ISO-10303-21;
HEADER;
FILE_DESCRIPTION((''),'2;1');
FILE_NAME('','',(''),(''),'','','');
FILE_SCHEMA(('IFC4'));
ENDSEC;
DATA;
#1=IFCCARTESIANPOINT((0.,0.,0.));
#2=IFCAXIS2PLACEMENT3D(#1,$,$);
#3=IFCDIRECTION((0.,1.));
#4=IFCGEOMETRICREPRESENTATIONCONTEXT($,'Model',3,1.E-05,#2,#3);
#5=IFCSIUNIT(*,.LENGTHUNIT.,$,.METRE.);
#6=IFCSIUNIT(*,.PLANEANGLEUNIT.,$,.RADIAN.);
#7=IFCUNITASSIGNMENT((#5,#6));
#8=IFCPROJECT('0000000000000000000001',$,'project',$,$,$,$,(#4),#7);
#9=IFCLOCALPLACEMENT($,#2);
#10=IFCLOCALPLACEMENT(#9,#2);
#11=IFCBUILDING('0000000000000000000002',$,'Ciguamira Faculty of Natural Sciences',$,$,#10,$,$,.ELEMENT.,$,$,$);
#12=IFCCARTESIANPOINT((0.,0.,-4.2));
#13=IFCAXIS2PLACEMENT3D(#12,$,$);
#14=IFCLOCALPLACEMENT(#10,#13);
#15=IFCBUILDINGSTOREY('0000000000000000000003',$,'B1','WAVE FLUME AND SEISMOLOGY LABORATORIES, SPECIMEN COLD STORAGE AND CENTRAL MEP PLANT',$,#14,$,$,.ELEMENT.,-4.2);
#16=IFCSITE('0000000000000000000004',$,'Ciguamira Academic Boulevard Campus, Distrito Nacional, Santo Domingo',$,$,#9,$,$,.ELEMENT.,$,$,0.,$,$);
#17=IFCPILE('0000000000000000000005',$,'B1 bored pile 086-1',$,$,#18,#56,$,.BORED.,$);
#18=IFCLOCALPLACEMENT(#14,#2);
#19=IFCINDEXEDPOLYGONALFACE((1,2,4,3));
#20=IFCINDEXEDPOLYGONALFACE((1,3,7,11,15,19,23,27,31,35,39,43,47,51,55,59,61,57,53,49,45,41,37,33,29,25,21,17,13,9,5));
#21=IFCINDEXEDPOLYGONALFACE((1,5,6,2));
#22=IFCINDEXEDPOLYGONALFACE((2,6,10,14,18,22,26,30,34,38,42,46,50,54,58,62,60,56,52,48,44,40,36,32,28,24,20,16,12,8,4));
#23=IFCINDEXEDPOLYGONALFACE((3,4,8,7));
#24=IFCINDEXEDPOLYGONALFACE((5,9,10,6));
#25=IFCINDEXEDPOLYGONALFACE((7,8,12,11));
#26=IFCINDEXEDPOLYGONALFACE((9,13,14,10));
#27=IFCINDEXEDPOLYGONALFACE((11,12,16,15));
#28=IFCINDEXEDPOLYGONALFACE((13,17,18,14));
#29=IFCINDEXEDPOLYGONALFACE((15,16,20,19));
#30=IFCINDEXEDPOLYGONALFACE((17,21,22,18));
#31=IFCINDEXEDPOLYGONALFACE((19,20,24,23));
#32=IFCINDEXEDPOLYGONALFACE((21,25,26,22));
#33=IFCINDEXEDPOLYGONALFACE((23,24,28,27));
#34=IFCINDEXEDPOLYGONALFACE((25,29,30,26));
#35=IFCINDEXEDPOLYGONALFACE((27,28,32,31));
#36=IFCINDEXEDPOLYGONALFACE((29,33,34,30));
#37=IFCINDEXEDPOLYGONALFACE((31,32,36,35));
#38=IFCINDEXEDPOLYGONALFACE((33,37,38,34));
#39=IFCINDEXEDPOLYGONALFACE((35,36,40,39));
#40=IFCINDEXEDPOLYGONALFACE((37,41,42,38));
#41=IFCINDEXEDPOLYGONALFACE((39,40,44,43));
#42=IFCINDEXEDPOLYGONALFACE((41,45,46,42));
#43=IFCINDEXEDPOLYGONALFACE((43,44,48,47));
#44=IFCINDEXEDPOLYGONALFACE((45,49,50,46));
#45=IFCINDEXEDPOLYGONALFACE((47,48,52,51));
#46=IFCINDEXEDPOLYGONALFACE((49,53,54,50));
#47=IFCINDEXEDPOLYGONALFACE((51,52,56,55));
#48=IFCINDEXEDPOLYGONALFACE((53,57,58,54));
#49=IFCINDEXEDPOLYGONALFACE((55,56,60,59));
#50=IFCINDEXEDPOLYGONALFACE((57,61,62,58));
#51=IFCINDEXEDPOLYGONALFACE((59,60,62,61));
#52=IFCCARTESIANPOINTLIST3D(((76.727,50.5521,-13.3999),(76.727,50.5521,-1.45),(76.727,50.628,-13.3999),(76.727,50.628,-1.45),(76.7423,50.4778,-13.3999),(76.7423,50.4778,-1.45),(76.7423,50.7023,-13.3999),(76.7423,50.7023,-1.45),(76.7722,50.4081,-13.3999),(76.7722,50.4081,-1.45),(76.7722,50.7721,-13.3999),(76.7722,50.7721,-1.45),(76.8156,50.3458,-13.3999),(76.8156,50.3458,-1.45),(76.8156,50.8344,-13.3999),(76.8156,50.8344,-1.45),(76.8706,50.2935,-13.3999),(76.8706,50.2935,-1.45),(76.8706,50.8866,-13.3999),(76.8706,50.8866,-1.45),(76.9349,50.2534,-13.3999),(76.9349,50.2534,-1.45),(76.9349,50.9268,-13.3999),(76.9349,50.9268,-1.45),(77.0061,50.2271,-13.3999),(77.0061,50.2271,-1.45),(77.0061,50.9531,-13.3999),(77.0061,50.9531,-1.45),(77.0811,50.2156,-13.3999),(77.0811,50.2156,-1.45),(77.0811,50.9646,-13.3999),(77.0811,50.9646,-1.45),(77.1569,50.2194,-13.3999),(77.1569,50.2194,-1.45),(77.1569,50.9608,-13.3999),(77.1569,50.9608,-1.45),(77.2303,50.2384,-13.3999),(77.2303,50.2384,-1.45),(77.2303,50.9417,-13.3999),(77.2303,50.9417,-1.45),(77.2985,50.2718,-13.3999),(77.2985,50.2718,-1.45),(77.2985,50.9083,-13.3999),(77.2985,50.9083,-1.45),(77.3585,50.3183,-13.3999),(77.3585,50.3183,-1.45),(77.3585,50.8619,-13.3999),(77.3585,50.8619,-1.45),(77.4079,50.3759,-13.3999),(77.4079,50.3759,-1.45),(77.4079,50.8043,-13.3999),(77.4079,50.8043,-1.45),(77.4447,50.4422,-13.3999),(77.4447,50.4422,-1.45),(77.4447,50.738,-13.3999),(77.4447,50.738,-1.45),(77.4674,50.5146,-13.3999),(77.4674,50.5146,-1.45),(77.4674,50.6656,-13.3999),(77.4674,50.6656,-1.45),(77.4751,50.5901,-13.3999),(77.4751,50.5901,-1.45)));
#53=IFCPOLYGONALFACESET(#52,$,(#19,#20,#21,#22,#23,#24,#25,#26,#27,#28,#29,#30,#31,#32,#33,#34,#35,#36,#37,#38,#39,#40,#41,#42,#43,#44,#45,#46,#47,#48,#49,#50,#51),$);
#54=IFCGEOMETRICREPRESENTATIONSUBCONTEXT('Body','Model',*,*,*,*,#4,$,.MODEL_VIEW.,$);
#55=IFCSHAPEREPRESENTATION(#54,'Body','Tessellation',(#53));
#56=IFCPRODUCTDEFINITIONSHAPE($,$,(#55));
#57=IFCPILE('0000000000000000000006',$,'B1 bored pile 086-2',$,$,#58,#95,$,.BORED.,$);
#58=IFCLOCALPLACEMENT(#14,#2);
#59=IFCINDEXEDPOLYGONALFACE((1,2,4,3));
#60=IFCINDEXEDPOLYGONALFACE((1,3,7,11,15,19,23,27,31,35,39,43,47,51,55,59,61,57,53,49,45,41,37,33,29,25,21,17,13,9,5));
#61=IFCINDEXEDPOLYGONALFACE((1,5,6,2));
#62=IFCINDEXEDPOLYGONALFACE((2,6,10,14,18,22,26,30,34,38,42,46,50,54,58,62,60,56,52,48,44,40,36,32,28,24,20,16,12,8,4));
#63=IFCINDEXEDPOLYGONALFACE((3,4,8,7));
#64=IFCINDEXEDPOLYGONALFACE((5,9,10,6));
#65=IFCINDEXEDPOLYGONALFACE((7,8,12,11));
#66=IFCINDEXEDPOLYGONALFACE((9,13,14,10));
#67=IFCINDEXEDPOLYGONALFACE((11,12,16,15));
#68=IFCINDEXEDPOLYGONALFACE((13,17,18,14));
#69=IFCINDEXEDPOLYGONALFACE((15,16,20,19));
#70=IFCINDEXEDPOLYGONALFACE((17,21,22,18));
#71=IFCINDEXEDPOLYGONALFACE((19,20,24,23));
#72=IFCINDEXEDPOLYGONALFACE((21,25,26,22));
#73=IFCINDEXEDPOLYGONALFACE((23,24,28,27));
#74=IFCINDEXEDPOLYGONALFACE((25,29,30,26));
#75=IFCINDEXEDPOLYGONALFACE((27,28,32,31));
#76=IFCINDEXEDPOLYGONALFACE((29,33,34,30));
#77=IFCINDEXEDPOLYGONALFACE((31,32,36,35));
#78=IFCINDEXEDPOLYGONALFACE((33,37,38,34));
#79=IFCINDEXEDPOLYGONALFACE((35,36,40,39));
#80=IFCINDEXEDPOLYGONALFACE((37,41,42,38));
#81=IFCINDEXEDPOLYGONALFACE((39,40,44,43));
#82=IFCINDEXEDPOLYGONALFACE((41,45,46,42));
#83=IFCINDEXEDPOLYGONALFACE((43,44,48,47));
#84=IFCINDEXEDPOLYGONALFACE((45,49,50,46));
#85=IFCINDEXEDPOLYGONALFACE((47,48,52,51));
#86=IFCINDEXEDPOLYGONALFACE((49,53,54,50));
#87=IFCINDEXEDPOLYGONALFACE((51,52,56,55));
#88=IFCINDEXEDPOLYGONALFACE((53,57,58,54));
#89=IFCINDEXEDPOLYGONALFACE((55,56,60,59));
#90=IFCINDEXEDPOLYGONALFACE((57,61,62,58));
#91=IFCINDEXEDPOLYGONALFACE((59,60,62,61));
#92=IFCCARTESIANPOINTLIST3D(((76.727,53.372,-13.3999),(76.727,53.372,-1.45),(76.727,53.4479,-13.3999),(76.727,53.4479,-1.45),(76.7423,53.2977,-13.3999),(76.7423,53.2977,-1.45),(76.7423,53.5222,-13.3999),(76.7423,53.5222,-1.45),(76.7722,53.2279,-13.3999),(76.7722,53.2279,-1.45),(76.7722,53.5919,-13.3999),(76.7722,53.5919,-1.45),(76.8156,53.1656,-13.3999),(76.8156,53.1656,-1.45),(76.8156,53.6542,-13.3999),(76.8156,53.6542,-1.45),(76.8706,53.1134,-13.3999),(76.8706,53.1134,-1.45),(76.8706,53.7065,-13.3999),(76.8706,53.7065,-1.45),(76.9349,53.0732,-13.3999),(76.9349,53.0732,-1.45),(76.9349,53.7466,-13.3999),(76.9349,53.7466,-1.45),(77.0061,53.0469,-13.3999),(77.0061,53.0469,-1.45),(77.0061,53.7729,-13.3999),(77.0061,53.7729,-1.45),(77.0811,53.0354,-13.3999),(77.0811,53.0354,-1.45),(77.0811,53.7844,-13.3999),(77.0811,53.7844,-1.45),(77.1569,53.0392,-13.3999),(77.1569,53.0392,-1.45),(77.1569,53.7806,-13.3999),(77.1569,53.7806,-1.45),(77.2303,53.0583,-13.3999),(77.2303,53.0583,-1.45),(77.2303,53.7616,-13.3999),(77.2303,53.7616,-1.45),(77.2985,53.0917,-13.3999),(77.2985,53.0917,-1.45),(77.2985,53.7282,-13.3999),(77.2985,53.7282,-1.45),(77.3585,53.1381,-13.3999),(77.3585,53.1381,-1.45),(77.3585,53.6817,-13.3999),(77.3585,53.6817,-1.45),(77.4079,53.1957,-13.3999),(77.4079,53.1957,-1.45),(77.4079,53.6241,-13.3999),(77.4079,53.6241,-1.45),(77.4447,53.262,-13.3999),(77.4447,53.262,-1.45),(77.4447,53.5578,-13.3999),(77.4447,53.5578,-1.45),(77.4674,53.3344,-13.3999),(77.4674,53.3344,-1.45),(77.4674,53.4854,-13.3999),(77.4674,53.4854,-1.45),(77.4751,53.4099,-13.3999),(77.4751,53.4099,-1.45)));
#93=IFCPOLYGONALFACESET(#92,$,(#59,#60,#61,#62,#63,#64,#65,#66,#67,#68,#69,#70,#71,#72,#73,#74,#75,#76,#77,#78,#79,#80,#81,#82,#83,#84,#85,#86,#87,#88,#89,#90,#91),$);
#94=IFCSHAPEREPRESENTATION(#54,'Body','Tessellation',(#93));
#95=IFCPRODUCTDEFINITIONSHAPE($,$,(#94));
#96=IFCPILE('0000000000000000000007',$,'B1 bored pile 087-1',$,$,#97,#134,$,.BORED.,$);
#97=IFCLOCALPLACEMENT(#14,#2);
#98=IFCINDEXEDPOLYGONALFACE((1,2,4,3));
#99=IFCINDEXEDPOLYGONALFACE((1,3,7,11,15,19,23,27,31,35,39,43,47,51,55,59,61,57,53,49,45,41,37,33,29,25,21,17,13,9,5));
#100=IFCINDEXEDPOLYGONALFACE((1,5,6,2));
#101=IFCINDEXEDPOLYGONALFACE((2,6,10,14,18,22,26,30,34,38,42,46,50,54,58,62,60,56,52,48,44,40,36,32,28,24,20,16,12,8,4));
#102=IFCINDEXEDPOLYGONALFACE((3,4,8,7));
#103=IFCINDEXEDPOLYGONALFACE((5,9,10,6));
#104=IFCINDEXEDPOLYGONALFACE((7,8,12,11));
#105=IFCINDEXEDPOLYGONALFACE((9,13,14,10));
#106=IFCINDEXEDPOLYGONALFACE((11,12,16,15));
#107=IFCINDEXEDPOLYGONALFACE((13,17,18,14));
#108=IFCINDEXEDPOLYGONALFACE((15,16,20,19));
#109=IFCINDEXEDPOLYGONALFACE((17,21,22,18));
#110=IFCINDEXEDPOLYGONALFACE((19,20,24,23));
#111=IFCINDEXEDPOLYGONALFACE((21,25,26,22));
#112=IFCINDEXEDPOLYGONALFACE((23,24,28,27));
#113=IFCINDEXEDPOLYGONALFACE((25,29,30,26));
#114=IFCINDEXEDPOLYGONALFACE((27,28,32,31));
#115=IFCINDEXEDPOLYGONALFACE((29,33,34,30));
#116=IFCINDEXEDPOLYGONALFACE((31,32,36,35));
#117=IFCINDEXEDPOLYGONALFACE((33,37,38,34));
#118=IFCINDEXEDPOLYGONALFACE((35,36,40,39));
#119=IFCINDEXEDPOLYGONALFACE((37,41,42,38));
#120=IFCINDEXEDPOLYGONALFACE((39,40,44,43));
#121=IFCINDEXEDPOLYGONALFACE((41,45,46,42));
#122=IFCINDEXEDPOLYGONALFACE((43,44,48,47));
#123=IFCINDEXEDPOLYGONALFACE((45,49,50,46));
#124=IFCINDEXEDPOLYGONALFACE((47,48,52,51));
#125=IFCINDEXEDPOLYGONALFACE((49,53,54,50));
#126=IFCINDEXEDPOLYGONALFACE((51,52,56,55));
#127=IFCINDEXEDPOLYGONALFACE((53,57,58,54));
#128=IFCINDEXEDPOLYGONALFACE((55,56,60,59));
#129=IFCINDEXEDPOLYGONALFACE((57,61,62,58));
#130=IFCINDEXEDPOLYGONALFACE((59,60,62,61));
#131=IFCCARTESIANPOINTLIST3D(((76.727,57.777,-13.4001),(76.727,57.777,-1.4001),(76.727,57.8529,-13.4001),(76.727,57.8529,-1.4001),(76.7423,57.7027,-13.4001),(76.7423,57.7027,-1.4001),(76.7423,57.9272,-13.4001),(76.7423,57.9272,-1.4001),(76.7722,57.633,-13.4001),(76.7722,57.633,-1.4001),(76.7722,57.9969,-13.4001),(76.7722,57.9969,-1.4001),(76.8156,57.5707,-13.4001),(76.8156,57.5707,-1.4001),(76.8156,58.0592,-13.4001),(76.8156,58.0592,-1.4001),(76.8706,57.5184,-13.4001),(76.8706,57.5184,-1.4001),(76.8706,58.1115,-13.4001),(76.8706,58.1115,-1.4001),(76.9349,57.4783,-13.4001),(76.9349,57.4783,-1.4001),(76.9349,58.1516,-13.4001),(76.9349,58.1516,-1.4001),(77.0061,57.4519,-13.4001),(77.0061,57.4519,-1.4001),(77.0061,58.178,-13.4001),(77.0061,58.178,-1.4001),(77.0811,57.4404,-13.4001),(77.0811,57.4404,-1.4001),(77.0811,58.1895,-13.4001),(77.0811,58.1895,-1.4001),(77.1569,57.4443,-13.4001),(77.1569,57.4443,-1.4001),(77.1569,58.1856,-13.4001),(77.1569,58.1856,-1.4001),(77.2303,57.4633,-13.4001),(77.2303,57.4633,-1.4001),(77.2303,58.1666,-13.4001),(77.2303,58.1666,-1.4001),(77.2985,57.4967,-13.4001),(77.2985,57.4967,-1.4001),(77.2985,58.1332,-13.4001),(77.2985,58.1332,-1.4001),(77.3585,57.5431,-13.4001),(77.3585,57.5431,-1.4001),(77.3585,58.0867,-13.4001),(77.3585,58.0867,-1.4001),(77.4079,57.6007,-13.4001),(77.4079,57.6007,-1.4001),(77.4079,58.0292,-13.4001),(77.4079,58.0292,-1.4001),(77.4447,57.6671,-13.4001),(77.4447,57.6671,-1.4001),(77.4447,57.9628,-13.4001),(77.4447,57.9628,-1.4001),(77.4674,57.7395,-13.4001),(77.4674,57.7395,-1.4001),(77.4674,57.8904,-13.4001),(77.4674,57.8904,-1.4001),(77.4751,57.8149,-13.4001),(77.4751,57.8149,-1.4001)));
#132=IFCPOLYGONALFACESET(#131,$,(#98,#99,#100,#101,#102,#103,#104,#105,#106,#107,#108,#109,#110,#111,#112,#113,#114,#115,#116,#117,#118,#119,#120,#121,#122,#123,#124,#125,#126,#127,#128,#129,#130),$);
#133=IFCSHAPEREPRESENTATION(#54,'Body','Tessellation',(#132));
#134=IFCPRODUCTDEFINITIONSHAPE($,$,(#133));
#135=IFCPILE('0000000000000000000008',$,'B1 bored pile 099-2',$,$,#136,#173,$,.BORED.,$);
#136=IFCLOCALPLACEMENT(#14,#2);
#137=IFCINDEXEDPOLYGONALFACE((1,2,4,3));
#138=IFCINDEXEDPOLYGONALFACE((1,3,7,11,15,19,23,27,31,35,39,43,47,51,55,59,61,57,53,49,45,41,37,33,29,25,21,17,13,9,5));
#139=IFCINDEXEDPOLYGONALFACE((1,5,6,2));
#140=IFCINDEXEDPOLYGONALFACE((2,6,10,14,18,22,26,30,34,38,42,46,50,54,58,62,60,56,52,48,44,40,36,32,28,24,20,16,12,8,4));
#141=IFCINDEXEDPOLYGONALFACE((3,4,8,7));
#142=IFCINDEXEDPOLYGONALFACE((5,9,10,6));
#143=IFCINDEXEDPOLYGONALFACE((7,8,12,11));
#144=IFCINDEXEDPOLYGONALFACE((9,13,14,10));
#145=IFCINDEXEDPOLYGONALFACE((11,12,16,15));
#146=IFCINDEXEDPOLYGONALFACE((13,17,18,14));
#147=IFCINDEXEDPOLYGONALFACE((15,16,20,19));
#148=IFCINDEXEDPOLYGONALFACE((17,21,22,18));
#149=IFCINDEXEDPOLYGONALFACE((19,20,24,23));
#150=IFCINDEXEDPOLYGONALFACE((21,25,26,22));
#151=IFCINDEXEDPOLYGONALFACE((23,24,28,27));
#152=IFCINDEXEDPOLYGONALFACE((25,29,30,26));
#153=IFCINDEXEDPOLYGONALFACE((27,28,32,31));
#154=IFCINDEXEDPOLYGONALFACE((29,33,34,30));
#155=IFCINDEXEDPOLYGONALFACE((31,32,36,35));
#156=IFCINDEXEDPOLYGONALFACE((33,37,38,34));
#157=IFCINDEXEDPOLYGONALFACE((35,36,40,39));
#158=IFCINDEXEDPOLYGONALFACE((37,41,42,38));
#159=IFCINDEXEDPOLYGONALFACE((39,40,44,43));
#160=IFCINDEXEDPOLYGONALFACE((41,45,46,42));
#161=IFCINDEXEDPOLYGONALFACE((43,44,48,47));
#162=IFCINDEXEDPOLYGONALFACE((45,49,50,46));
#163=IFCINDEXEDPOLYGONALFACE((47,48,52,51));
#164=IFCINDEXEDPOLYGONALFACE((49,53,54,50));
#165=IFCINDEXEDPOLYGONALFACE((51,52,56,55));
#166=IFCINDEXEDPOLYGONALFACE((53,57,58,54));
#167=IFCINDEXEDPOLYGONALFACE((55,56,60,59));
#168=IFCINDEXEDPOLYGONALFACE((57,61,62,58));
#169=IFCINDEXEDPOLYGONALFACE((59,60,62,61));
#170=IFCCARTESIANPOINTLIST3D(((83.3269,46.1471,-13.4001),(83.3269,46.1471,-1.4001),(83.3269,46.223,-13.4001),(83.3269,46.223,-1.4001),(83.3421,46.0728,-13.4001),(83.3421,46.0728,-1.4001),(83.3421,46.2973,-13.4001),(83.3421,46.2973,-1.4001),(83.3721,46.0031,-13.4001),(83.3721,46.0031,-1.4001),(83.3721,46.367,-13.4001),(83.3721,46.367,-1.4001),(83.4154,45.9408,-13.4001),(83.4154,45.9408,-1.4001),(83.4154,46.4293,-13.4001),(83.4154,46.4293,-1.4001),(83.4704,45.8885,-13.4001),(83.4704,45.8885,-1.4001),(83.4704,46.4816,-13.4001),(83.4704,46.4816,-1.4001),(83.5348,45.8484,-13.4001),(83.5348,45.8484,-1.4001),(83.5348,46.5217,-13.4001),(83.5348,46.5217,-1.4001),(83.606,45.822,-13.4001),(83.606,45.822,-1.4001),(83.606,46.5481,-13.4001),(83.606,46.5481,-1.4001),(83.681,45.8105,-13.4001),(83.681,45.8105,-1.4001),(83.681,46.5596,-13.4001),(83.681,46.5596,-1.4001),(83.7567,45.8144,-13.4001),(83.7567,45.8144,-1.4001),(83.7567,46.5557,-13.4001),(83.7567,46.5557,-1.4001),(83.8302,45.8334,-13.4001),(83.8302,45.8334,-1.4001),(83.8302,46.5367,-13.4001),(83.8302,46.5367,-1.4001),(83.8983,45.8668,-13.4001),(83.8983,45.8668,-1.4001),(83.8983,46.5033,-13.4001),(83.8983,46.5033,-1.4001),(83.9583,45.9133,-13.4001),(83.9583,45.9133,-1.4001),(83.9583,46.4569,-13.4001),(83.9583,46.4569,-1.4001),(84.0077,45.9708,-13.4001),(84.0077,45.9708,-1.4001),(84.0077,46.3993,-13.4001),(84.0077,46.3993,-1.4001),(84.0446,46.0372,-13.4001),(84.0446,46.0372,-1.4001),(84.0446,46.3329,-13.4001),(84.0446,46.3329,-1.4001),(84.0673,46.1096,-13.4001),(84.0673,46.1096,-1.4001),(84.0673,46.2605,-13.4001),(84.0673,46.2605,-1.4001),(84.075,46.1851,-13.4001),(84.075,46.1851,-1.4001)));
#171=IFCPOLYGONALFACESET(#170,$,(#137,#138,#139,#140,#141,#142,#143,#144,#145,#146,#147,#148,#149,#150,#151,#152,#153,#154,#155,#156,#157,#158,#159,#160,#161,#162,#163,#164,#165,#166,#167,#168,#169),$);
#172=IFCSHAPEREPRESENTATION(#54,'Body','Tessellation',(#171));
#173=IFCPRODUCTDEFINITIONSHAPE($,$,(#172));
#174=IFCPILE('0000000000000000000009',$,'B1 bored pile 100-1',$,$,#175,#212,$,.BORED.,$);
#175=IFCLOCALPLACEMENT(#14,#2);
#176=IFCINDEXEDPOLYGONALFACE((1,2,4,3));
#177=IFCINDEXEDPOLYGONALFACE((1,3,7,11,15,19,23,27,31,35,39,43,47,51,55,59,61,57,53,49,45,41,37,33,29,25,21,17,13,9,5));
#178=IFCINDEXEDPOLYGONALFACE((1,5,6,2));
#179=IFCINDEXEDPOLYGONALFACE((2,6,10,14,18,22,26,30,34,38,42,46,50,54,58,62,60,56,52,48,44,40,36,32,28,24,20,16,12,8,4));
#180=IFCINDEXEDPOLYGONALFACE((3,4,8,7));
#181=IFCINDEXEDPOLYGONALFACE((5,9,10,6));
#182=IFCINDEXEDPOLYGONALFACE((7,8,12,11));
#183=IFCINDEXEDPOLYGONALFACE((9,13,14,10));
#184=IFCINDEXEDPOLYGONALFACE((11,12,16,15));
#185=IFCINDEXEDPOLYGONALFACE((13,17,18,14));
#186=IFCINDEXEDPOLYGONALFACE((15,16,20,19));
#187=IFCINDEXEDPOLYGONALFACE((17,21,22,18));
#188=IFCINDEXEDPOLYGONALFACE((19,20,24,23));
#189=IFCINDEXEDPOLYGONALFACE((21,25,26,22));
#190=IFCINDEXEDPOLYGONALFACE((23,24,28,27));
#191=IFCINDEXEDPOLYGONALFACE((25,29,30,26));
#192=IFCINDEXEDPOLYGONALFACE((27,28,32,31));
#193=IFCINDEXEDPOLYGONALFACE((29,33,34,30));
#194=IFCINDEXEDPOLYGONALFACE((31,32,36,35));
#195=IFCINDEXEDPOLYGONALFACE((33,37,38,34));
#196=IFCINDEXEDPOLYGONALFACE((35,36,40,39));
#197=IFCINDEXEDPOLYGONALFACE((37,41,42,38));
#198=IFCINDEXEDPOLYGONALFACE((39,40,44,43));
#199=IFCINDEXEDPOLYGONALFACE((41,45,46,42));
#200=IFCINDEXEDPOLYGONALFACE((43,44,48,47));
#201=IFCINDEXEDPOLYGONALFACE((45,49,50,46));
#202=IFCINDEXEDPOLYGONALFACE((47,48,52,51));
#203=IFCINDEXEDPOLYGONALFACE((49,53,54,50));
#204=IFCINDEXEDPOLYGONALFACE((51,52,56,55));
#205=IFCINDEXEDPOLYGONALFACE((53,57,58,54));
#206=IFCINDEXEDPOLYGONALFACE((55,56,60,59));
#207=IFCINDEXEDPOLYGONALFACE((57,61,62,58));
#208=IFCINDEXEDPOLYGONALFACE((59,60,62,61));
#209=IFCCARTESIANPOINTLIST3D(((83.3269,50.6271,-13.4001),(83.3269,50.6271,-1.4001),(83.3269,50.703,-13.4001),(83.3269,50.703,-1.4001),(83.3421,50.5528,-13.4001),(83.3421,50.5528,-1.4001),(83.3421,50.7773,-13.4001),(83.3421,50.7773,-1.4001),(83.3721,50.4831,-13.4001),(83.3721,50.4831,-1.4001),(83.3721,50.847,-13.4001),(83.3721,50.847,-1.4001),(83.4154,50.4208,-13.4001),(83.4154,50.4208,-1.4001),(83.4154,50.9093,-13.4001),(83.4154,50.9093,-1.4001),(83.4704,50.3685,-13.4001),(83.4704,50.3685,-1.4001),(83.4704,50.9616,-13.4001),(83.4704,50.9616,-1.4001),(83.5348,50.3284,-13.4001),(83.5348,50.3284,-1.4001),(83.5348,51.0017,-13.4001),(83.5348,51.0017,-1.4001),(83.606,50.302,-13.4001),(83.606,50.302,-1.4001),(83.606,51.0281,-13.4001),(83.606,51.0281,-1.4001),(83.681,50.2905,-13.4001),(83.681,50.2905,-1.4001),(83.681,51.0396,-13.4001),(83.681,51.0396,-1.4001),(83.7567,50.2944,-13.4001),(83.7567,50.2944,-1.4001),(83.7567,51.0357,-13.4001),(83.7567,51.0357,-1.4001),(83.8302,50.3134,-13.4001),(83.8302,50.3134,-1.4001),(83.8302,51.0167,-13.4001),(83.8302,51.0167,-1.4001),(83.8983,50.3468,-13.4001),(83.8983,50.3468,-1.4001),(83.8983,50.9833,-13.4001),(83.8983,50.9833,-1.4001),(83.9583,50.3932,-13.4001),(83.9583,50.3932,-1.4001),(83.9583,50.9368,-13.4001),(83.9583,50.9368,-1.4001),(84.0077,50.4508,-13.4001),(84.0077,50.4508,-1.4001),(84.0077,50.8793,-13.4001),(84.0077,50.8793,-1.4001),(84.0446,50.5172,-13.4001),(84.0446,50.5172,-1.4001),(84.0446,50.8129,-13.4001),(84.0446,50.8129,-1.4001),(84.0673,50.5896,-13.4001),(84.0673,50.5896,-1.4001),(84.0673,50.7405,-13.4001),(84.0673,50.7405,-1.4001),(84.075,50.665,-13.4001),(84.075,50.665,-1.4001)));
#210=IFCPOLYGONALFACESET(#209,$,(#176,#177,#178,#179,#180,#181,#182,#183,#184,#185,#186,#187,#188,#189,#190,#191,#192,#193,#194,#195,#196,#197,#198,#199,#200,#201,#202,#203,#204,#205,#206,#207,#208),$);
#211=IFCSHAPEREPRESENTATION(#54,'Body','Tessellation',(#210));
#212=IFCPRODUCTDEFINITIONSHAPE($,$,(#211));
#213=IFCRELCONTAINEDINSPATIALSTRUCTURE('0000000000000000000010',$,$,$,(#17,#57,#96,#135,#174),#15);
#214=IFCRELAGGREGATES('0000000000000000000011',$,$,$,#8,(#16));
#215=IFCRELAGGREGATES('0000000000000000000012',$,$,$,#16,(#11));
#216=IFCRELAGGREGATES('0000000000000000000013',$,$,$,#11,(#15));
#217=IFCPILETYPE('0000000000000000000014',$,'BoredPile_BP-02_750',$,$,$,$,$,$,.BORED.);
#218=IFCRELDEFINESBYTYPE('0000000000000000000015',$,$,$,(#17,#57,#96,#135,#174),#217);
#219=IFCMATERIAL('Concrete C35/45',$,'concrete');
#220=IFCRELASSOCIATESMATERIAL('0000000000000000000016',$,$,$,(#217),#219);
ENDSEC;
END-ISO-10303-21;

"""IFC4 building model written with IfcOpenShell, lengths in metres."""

from ifc_helpers import new_model, si_unit, direction, frame, origin, origin_2d, place, context, subcontext, project, spatial, circle, extrude, material, material_profile, profile_set, type_object, element, save


model = new_model("IFC4")

# Units and contexts
model_context = context("Model", 3, precision=1e-05, world=origin(), true_north=direction((0.0, 1.0)))
body_context = subcontext(model_context, "Body", "Model", "MODEL_VIEW")
ifc_project = project(units=[si_unit("LENGTHUNIT", "METRE"), si_unit("PLANEANGLEUNIT", "RADIAN")], contexts=[model_context])

# Site, building, storey
site_placement = place(None, origin())
site = spatial("IfcSite", under=ifc_project, at=site_placement, Name="Ciguamira Academic Boulevard Campus, Distrito Nacional, Santo Domingo", CompositionType="ELEMENT", RefElevation=0.0)
building_placement = place(site_placement, origin())
building = spatial("IfcBuilding", under=site, at=building_placement, Name="Ciguamira Faculty of Natural Sciences", CompositionType="ELEMENT")
storey_placement = place(building_placement, frame((0.0, 0.0, -4.2)))
storey = spatial("IfcBuildingStorey", under=building, at=storey_placement, Name="B1", Description="WAVE FLUME AND SEISMOLOGY LABORATORIES, SPECIMEN COLD STORAGE AND CENTRAL MEP PLANT", CompositionType="ELEMENT", Elevation=-4.2)

# Piles
ifc_material_1 = material(Name="Concrete C35/45", Category="concrete")
ifc_material_profile_1 = material_profile(ifc_material_1, circle(Radius=0.375, at=origin_2d()), Name="PILE-BORED-750")
ifc_profile_set_1 = profile_set([ifc_material_profile_1], Name="Concrete C35/45")
pile_type = type_object("IfcPileType", Name="BoredPile_BP-02_750", PredefinedType="BORED", material=ifc_profile_set_1)
for number, where, z_axis, x_axis, name in (
    (1, (77.1001, 50.5901, -1.45), (0.0, 0.0, -1.0), (1.0, 0.0, 0.0), "B1 bored pile 086-1"),
    (2, (77.1001, 53.4099, -1.45), (0.0, 0.0, -1.0), (1.0, 0.0, 0.0), "B1 bored pile 086-2"),
):
    element("IfcPile", number, at=place(storey_placement, frame(where, z_axis=z_axis, x_axis=x_axis)), inside=storey, type_object=pile_type, Name=name, PredefinedType="BORED", context=body_context, shape_type="SweptSolid", body=[
        extrude(circle(Radius=0.375, at=origin_2d()), origin(), (0.0, 0.0, 1.0), 11.95),
    ])
for number, where, z_axis, x_axis, name in (
    (3, (77.1001, 57.8149, -1.4001), (0.0, 0.0, -1.0), (1.0, 0.0, 0.0), "B1 bored pile 087-1"),
    (4, (83.7, 46.1851, -1.4001), (0.0, 0.0, -1.0), (1.0, 0.0, 0.0), "B1 bored pile 099-2"),
    (5, (83.7, 50.665, -1.4001), (0.0, 0.0, -1.0), (1.0, 0.0, 0.0), "B1 bored pile 100-1"),
):
    element("IfcPile", number, at=place(storey_placement, frame(where, z_axis=z_axis, x_axis=x_axis)), inside=storey, type_object=pile_type, Name=name, PredefinedType="BORED", context=body_context, shape_type="SweptSolid", body=[
        extrude(circle(Radius=0.375, at=origin_2d()), origin(), (0.0, 0.0, 1.0), 12.0),
    ])

save(model, "model.ifc")
